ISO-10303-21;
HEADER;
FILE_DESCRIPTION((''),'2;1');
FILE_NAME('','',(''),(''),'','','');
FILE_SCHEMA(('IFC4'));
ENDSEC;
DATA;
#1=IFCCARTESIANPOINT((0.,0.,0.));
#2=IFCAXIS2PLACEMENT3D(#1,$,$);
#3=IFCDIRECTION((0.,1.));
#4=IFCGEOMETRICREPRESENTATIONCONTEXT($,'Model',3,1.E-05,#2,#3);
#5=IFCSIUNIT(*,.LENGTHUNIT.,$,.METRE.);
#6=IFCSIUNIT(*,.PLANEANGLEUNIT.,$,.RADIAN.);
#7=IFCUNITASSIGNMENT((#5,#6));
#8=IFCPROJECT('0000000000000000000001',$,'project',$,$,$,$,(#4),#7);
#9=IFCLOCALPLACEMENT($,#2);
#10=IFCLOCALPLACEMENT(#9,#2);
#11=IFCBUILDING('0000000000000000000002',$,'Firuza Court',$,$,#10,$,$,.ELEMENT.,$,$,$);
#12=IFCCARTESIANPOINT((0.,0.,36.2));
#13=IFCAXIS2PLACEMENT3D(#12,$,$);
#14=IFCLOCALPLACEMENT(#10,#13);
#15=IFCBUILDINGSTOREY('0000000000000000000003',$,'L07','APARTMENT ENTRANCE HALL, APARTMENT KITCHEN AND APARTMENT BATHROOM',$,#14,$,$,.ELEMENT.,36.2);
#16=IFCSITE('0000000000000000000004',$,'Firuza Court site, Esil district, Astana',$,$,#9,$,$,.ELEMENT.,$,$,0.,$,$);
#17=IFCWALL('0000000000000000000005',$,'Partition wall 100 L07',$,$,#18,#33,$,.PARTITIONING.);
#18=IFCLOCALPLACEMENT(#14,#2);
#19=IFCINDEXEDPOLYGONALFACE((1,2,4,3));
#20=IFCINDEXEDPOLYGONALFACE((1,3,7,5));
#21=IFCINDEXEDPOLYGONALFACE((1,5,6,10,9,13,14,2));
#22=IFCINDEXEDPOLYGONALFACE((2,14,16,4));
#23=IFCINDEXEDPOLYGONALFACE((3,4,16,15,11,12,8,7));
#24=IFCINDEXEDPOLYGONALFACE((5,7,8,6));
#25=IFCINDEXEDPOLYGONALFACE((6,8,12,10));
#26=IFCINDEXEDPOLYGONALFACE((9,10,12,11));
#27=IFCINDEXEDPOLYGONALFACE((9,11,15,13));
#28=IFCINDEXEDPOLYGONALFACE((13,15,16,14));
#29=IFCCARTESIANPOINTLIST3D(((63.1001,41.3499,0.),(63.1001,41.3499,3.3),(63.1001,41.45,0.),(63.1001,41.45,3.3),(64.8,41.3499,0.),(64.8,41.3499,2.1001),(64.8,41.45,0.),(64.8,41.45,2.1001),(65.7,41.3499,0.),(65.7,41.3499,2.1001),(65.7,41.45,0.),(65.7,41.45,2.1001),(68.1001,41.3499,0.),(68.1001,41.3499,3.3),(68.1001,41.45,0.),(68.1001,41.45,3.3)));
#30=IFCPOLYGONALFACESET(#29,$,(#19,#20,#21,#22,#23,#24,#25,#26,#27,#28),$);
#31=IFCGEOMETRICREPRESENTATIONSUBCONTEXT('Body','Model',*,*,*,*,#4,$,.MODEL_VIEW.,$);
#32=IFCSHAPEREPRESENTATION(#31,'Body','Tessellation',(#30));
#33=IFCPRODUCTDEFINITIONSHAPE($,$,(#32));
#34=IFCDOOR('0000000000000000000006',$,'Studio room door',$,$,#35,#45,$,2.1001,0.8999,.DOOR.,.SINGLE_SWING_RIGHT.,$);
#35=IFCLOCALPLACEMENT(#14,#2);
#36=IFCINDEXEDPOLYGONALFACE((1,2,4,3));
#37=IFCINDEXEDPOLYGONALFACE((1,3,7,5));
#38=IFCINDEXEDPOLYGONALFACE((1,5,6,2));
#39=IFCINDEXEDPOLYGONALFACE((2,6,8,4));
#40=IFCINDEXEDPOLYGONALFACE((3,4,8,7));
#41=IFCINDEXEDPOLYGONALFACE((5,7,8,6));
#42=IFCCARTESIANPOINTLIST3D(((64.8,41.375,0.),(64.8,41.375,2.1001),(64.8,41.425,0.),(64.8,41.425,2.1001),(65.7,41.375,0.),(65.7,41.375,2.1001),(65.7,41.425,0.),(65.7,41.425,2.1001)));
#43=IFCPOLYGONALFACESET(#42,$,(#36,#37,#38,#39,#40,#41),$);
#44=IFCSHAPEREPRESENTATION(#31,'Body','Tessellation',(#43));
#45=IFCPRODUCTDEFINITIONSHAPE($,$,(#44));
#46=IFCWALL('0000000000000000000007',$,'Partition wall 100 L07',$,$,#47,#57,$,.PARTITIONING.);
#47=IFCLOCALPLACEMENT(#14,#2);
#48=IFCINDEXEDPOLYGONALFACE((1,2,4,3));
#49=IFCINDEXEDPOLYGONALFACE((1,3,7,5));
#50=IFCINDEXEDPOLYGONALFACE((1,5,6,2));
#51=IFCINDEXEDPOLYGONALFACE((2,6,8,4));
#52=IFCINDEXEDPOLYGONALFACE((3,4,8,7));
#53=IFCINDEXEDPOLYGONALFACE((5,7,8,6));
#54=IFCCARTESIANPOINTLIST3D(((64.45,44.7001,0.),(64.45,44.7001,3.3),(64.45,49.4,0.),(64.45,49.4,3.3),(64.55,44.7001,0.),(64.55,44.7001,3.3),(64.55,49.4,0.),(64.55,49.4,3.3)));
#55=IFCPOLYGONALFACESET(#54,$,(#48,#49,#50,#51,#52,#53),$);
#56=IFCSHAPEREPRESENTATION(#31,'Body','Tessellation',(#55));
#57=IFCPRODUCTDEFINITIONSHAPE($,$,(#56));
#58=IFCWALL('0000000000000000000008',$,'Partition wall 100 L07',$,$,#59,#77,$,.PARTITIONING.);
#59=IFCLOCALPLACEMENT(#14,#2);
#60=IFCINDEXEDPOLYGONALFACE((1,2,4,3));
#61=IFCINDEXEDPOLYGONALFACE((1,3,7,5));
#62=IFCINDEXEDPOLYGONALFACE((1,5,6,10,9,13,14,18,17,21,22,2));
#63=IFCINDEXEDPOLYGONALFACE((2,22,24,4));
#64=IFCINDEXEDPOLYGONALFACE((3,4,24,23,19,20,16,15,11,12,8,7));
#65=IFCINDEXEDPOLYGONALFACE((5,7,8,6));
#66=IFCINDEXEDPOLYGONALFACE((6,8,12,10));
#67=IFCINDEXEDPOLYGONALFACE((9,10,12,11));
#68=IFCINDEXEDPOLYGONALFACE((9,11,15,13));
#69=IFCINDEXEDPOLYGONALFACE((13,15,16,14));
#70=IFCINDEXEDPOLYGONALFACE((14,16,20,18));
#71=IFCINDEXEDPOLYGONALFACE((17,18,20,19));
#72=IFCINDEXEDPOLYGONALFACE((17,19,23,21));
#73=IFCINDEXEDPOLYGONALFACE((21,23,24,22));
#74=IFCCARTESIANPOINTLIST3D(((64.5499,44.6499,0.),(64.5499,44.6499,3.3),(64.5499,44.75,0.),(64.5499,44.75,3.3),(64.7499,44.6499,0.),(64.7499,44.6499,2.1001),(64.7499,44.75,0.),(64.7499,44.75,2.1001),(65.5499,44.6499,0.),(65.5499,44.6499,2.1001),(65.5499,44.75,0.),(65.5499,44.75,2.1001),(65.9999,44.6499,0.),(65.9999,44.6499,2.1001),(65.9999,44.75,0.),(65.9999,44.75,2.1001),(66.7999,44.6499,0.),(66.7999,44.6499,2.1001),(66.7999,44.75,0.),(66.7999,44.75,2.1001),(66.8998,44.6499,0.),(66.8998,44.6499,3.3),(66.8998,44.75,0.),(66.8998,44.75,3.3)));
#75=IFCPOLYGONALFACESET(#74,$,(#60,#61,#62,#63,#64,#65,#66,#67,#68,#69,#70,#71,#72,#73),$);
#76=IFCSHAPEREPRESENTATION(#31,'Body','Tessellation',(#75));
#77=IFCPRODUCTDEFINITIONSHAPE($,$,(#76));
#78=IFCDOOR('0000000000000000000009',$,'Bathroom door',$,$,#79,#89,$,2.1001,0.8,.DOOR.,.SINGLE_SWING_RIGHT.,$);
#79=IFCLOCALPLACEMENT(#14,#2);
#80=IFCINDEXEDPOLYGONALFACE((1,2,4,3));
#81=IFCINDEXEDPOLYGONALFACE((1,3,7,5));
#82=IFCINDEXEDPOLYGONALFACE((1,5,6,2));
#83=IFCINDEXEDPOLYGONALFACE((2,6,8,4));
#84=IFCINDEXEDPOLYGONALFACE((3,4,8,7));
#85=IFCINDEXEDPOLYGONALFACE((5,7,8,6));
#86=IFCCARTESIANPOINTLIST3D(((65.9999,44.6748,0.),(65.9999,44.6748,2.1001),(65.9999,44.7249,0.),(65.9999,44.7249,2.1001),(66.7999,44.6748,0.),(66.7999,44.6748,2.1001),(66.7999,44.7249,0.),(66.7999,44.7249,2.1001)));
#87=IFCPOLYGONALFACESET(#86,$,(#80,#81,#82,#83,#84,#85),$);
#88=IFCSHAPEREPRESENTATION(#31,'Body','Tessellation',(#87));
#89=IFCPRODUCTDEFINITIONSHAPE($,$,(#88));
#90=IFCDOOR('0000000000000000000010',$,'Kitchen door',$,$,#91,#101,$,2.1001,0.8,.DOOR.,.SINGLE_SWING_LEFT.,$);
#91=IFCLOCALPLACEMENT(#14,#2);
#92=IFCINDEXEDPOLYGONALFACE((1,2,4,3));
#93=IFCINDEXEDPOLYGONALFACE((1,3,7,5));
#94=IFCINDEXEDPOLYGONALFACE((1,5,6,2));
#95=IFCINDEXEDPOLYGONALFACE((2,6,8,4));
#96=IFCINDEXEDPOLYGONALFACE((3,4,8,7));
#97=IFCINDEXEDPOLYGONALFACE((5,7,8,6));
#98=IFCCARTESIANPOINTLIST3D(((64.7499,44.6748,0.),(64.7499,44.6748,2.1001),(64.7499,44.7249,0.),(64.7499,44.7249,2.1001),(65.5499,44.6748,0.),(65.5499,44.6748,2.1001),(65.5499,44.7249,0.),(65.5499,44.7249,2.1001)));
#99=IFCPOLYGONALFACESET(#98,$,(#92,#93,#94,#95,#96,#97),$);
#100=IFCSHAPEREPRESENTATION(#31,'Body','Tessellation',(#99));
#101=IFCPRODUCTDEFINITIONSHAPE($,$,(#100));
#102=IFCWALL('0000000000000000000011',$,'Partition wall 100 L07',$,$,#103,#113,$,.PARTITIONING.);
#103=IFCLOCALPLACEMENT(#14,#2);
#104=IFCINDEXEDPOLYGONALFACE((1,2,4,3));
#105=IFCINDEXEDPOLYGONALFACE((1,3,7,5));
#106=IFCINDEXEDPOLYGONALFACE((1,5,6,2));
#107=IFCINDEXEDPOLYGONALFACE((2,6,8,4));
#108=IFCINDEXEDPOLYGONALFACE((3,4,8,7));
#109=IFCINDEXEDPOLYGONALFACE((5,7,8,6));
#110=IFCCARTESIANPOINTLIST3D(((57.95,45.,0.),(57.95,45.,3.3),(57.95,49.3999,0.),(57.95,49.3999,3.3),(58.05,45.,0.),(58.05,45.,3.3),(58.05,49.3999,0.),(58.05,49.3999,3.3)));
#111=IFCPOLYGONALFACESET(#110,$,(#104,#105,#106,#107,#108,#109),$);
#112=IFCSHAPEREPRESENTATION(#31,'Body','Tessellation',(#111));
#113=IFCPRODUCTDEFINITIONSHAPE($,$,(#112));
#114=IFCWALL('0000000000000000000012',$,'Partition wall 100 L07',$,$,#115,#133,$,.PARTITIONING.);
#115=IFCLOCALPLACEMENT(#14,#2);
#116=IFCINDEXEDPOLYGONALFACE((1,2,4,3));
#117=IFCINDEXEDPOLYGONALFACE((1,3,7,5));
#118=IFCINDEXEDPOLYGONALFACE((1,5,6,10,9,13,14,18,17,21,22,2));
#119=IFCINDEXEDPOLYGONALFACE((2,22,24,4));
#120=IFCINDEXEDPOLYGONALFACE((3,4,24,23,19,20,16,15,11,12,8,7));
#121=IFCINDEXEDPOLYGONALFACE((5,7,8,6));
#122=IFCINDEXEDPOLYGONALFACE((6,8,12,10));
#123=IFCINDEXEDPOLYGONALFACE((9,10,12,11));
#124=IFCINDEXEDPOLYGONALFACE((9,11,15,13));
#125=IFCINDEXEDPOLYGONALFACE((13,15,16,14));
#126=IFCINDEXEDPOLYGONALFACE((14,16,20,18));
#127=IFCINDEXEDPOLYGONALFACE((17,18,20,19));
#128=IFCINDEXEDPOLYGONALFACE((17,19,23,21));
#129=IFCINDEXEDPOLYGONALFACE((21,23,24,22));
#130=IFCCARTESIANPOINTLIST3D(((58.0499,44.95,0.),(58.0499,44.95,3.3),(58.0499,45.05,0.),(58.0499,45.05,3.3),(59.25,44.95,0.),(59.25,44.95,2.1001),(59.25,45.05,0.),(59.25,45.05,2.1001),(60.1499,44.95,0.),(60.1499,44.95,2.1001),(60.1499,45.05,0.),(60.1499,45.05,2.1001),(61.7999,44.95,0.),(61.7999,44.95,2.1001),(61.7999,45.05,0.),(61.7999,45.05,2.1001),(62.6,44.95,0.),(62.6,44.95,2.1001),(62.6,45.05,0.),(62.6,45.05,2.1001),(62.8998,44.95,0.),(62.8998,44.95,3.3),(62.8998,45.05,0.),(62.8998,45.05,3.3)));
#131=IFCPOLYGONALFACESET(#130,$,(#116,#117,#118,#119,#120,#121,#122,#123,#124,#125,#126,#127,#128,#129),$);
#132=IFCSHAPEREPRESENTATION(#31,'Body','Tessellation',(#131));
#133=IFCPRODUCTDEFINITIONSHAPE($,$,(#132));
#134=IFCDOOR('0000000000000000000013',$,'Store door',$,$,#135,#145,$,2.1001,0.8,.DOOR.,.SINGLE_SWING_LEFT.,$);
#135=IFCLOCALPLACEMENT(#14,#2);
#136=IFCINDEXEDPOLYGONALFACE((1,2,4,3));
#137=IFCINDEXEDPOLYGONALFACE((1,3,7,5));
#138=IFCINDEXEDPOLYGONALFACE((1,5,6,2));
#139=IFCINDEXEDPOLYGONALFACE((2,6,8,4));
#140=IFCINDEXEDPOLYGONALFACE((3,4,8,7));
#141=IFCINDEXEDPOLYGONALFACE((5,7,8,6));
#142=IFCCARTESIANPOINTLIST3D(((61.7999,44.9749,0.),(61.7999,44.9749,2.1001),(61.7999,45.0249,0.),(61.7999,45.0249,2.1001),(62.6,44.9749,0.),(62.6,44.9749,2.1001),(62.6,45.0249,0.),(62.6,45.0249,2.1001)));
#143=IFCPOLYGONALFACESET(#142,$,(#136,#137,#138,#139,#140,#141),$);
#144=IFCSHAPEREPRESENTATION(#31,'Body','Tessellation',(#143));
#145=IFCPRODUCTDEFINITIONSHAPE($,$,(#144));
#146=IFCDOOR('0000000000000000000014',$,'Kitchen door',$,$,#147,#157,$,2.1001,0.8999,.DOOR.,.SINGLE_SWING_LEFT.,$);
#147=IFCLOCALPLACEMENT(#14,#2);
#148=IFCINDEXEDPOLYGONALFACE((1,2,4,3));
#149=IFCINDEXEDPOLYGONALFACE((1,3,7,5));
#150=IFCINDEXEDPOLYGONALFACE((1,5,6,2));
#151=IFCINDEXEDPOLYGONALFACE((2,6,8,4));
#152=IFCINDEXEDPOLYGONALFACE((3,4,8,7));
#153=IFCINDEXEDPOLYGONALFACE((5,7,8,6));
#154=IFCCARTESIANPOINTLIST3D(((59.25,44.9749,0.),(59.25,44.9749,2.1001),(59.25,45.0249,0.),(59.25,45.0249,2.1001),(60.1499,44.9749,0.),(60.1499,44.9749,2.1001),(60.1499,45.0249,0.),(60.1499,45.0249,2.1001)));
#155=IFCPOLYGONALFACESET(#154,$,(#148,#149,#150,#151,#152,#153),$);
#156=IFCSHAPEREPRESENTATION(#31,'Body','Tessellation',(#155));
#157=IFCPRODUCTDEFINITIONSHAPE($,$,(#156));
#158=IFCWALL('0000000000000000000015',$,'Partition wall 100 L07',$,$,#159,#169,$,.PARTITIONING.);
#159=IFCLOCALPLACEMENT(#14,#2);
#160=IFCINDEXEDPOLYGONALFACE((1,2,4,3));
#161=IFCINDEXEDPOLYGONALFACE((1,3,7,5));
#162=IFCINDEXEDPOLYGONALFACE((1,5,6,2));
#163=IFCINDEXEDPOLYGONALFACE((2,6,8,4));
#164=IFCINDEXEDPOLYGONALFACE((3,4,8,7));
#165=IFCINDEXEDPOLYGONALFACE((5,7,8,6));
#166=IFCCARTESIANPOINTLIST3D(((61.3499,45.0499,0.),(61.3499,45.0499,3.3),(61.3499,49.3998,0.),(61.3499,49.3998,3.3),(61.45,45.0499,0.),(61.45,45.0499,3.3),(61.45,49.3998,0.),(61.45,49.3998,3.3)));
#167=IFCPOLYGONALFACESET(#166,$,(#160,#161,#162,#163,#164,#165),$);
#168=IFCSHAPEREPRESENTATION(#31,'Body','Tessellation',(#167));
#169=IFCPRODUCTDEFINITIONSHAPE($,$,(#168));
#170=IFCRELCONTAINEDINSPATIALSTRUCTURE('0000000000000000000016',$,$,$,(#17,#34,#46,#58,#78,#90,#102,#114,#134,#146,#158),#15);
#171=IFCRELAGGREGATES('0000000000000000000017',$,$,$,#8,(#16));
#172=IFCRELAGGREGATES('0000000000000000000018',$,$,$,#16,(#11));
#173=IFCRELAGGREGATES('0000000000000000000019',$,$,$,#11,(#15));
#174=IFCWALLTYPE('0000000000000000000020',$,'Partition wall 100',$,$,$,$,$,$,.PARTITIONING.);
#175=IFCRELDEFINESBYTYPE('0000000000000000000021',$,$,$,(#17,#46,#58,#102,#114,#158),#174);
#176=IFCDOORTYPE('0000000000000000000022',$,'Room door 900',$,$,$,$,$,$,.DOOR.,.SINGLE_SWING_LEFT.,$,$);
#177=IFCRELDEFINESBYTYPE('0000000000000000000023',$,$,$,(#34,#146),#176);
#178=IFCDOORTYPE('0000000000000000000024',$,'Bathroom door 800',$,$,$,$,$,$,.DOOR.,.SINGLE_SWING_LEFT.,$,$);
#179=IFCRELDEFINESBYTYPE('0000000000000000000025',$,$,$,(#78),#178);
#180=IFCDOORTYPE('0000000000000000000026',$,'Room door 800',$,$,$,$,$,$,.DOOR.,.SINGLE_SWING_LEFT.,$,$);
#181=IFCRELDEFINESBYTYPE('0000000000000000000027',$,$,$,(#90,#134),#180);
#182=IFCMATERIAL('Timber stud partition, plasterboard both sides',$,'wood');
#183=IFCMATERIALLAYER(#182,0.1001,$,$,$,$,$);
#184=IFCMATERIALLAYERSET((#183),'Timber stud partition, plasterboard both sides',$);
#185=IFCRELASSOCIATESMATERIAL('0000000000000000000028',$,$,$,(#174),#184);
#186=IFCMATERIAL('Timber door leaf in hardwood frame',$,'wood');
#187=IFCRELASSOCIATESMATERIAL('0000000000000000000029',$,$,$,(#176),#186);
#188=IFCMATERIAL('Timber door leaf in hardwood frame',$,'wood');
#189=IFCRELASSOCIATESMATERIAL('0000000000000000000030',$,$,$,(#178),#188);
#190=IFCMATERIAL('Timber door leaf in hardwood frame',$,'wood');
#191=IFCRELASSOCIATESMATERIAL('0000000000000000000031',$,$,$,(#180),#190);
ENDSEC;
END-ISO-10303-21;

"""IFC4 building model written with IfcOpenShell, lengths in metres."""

from ifc_helpers import new_model, si_unit, direction, frame, frame_2d, origin, place, context, subcontext, project, spatial, rectangle, extrude, material, layer, layer_set, type_object, element, fill, save


model = new_model("IFC4")

# Units and contexts
model_context = context("Model", 3, precision=1e-05, world=origin(), true_north=direction((0.0, 1.0)))
body_context = subcontext(model_context, "Body", "Model", "MODEL_VIEW")
ifc_project = project(units=[si_unit("LENGTHUNIT", "METRE"), si_unit("PLANEANGLEUNIT", "RADIAN")], contexts=[model_context])

# Site, building, storey
site_placement = place(None, origin())
site = spatial("IfcSite", under=ifc_project, at=site_placement, Name="Firuza Court site, Esil district, Astana", CompositionType="ELEMENT", RefElevation=0.0)
building_placement = place(site_placement, origin())
building = spatial("IfcBuilding", under=site, at=building_placement, Name="Firuza Court", CompositionType="ELEMENT")
storey_placement = place(building_placement, frame((0.0, 0.0, 36.2)))
storey = spatial("IfcBuildingStorey", under=building, at=storey_placement, Name="L07", Description="APARTMENT ENTRANCE HALL, APARTMENT KITCHEN AND APARTMENT BATHROOM", CompositionType="ELEMENT", Elevation=36.2)

# Shared definitions
ifc_material_1 = material(Name="Timber stud partition, plasterboard both sides", Category="wood")
ifc_layer_1 = layer(ifc_material_1, 0.1001)
ifc_layer_set_1 = layer_set([ifc_layer_1], Name="Timber stud partition, plasterboard both sides")
wall_type_1 = type_object("IfcWallType", Name="Partition wall 100", PredefinedType="PARTITIONING", material=ifc_layer_set_1)

# Wall, opening, door
wall_1_placement = place(storey_placement, frame((63.1001, 41.3999, 0.0), z_axis=(0.0, 0.0, 1.0), x_axis=(1.0, 0.0, 0.0)))
wall_1 = element("IfcWall", 1, at=wall_1_placement, inside=storey, type_object=wall_type_1, Name="Partition wall 100 L07", PredefinedType="PARTITIONING", context=body_context, shape_type="SweptSolid", body=[
    extrude(rectangle(XDim=5.0, YDim=0.1001, at=frame_2d((2.5, 0.0))), origin(), (0.0, 0.0, 1.0), 3.3),
])
opening_1_placement = place(wall_1_placement, frame((1.7, 0.0, 0.0)))
opening_1 = element("IfcOpeningElement", 2, at=opening_1_placement, cuts=wall_1, PredefinedType="OPENING", context=body_context, shape_type="SweptSolid", body=[
    extrude(rectangle(XDim=0.8999, YDim=2.1001, at=frame_2d((0.45, 1.05))), frame((0.0, 0.062, 0.0), z_axis=(0.0, -1.0, 0.0), x_axis=(1.0, 0.0, 0.0)), (0.0, 0.0, 1.0), 0.124),
])
ifc_material_2 = material(Name="Timber door leaf in hardwood frame", Category="wood")
door_type_1 = type_object("IfcDoorType", Name="Room door 900", OperationType="SINGLE_SWING_LEFT", PredefinedType="DOOR", material=ifc_material_2)
door_1_placement = place(opening_1_placement, frame((0.8999, 0.0, 0.0), z_axis=(0.0, 0.0, 1.0), x_axis=(-1.0, 0.0, 0.0)))
door_1 = element("IfcDoor", 3, at=door_1_placement, inside=storey, type_object=door_type_1, Name="Studio room door", OperationType="SINGLE_SWING_RIGHT", OverallHeight=2.1001, OverallWidth=0.8999, PredefinedType="DOOR", context=body_context, shape_type="SweptSolid", body=[
    extrude(rectangle(XDim=0.8999, YDim=2.1001, at=frame_2d((0.45, 1.05))), frame((0.0, 0.0249, 0.0), z_axis=(0.0, -1.0, 0.0), x_axis=(1.0, 0.0, 0.0)), (0.0, 0.0, 1.0), 0.05),
])
fill(opening_1, door_1)

# Wall
wall_2_placement = place(storey_placement, frame((64.5, 44.7, 0.0), z_axis=(0.0, 0.0, 1.0), x_axis=(0.0, 1.0, 0.0)))
element("IfcWall", 4, at=wall_2_placement, inside=storey, type_object=wall_type_1, Name="Partition wall 100 L07", PredefinedType="PARTITIONING", context=body_context, shape_type="SweptSolid", body=[
    extrude(rectangle(XDim=4.7, YDim=0.1001, at=frame_2d((2.3501, 0.0))), origin(), (0.0, 0.0, 1.0), 3.3),
])

# Wall, openings, doors
wall_3_placement = place(storey_placement, frame((64.55, 44.7, 0.0), z_axis=(0.0, 0.0, 1.0), x_axis=(1.0, 0.0, 0.0)))
wall_3 = element("IfcWall", 5, at=wall_3_placement, inside=storey, type_object=wall_type_1, Name="Partition wall 100 L07", PredefinedType="PARTITIONING", context=body_context, shape_type="SweptSolid", body=[
    extrude(rectangle(XDim=2.3499, YDim=0.1001, at=frame_2d((1.1748, 0.0))), origin(), (0.0, 0.0, 1.0), 3.3),
])
opening_2_placement = place(wall_3_placement, frame((1.45, 0.0, 0.0)))
opening_2 = element("IfcOpeningElement", 6, at=opening_2_placement, cuts=wall_3, PredefinedType="OPENING", context=body_context, shape_type="SweptSolid", body=[
    extrude(rectangle(XDim=0.8, YDim=2.1001, at=frame_2d((0.3999, 1.05))), frame((0.0, 0.062, 0.0), z_axis=(0.0, -1.0, 0.0), x_axis=(1.0, 0.0, 0.0)), (0.0, 0.0, 1.0), 0.124),
])
opening_3_placement = place(wall_3_placement, frame((0.2, 0.0, 0.0)))
opening_3 = element("IfcOpeningElement", 7, at=opening_3_placement, cuts=wall_3, PredefinedType="OPENING", context=body_context, shape_type="SweptSolid", body=[
    extrude(rectangle(XDim=0.8, YDim=2.1001, at=frame_2d((0.3999, 1.05))), frame((0.0, 0.062, 0.0), z_axis=(0.0, -1.0, 0.0), x_axis=(1.0, 0.0, 0.0)), (0.0, 0.0, 1.0), 0.124),
])
ifc_material_3 = material(Name="Timber door leaf in hardwood frame", Category="wood")
door_type_2 = type_object("IfcDoorType", Name="Bathroom door 800", OperationType="SINGLE_SWING_LEFT", PredefinedType="DOOR", material=ifc_material_3)
door_2_placement = place(opening_2_placement, origin())
door_2 = element("IfcDoor", 8, at=door_2_placement, inside=storey, type_object=door_type_2, Name="Bathroom door", OperationType="SINGLE_SWING_RIGHT", OverallHeight=2.1001, OverallWidth=0.8, PredefinedType="DOOR", context=body_context, shape_type="SweptSolid", body=[
    extrude(rectangle(XDim=0.8, YDim=2.1001, at=frame_2d((0.3999, 1.05))), frame((0.0, 0.0249, 0.0), z_axis=(0.0, -1.0, 0.0), x_axis=(1.0, 0.0, 0.0)), (0.0, 0.0, 1.0), 0.05),
])
fill(opening_2, door_2)
ifc_material_4 = material(Name="Timber door leaf in hardwood frame", Category="wood")
door_type_3 = type_object("IfcDoorType", Name="Room door 800", OperationType="SINGLE_SWING_LEFT", PredefinedType="DOOR", material=ifc_material_4)
door_3_placement = place(opening_3_placement, origin())
door_3 = element("IfcDoor", 9, at=door_3_placement, inside=storey, type_object=door_type_3, Name="Kitchen door", OperationType="SINGLE_SWING_LEFT", OverallHeight=2.1001, OverallWidth=0.8, PredefinedType="DOOR", context=body_context, shape_type="SweptSolid", body=[
    extrude(rectangle(XDim=0.8, YDim=2.1001, at=frame_2d((0.3999, 1.05))), frame((0.0, 0.0249, 0.0), z_axis=(0.0, -1.0, 0.0), x_axis=(1.0, 0.0, 0.0)), (0.0, 0.0, 1.0), 0.05),
])
fill(opening_3, door_3)

# Wall
wall_4_placement = place(storey_placement, frame((58.0, 45.0, 0.0), z_axis=(0.0, 0.0, 1.0), x_axis=(0.0, 1.0, 0.0)))
element("IfcWall", 10, at=wall_4_placement, inside=storey, type_object=wall_type_1, Name="Partition wall 100 L07", PredefinedType="PARTITIONING", context=body_context, shape_type="SweptSolid", body=[
    extrude(rectangle(XDim=4.3999, YDim=0.1001, at=frame_2d((2.2, 0.0))), origin(), (0.0, 0.0, 1.0), 3.3),
])

# Wall, openings, doors
wall_5_placement = place(storey_placement, frame((58.05, 45.0, 0.0), z_axis=(0.0, 0.0, 1.0), x_axis=(1.0, 0.0, 0.0)))
wall_5 = element("IfcWall", 11, at=wall_5_placement, inside=storey, type_object=wall_type_1, Name="Partition wall 100 L07", PredefinedType="PARTITIONING", context=body_context, shape_type="SweptSolid", body=[
    extrude(rectangle(XDim=4.8499, YDim=0.1001, at=frame_2d((2.4248, 0.0))), origin(), (0.0, 0.0, 1.0), 3.3),
])
opening_4_placement = place(wall_5_placement, frame((1.2, 0.0, 0.0)))
opening_4 = element("IfcOpeningElement", 12, at=opening_4_placement, cuts=wall_5, PredefinedType="OPENING", context=body_context, shape_type="SweptSolid", body=[
    extrude(rectangle(XDim=0.8999, YDim=2.1001, at=frame_2d((0.45, 1.05))), frame((0.0, 0.062, 0.0), z_axis=(0.0, -1.0, 0.0), x_axis=(1.0, 0.0, 0.0)), (0.0, 0.0, 1.0), 0.124),
])
opening_5_placement = place(wall_5_placement, frame((3.75, 0.0, 0.0)))
opening_5 = element("IfcOpeningElement", 13, at=opening_5_placement, cuts=wall_5, PredefinedType="OPENING", context=body_context, shape_type="SweptSolid", body=[
    extrude(rectangle(XDim=0.8, YDim=2.1001, at=frame_2d((0.3999, 1.05))), frame((0.0, 0.062, 0.0), z_axis=(0.0, -1.0, 0.0), x_axis=(1.0, 0.0, 0.0)), (0.0, 0.0, 1.0), 0.124),
])
door_4_placement = place(opening_5_placement, origin())
door_4 = element("IfcDoor", 14, at=door_4_placement, inside=storey, type_object=door_type_3, Name="Store door", OperationType="SINGLE_SWING_LEFT", OverallHeight=2.1001, OverallWidth=0.8, PredefinedType="DOOR", context=body_context, shape_type="SweptSolid", body=[
    extrude(rectangle(XDim=0.8, YDim=2.1001, at=frame_2d((0.3999, 1.05))), frame((0.0, 0.0249, 0.0), z_axis=(0.0, -1.0, 0.0), x_axis=(1.0, 0.0, 0.0)), (0.0, 0.0, 1.0), 0.05),
])
fill(opening_5, door_4)
door_5_placement = place(opening_4_placement, origin())
door_5 = element("IfcDoor", 15, at=door_5_placement, inside=storey, type_object=door_type_1, Name="Kitchen door", OperationType="SINGLE_SWING_LEFT", OverallHeight=2.1001, OverallWidth=0.8999, PredefinedType="DOOR", context=body_context, shape_type="SweptSolid", body=[
    extrude(rectangle(XDim=0.8999, YDim=2.1001, at=frame_2d((0.45, 1.05))), frame((0.0, 0.0249, 0.0), z_axis=(0.0, -1.0, 0.0), x_axis=(1.0, 0.0, 0.0)), (0.0, 0.0, 1.0), 0.05),
])
fill(opening_4, door_5)

# Wall
wall_6_placement = place(storey_placement, frame((61.3999, 45.05, 0.0), z_axis=(0.0, 0.0, 1.0), x_axis=(0.0, 1.0, 0.0)))
element("IfcWall", 16, at=wall_6_placement, inside=storey, type_object=wall_type_1, Name="Partition wall 100 L07", PredefinedType="PARTITIONING", context=body_context, shape_type="SweptSolid", body=[
    extrude(rectangle(XDim=4.3499, YDim=0.1001, at=frame_2d((2.1748, 0.0))), origin(), (0.0, 0.0, 1.0), 3.3),
])

save(model, "model.ifc")
